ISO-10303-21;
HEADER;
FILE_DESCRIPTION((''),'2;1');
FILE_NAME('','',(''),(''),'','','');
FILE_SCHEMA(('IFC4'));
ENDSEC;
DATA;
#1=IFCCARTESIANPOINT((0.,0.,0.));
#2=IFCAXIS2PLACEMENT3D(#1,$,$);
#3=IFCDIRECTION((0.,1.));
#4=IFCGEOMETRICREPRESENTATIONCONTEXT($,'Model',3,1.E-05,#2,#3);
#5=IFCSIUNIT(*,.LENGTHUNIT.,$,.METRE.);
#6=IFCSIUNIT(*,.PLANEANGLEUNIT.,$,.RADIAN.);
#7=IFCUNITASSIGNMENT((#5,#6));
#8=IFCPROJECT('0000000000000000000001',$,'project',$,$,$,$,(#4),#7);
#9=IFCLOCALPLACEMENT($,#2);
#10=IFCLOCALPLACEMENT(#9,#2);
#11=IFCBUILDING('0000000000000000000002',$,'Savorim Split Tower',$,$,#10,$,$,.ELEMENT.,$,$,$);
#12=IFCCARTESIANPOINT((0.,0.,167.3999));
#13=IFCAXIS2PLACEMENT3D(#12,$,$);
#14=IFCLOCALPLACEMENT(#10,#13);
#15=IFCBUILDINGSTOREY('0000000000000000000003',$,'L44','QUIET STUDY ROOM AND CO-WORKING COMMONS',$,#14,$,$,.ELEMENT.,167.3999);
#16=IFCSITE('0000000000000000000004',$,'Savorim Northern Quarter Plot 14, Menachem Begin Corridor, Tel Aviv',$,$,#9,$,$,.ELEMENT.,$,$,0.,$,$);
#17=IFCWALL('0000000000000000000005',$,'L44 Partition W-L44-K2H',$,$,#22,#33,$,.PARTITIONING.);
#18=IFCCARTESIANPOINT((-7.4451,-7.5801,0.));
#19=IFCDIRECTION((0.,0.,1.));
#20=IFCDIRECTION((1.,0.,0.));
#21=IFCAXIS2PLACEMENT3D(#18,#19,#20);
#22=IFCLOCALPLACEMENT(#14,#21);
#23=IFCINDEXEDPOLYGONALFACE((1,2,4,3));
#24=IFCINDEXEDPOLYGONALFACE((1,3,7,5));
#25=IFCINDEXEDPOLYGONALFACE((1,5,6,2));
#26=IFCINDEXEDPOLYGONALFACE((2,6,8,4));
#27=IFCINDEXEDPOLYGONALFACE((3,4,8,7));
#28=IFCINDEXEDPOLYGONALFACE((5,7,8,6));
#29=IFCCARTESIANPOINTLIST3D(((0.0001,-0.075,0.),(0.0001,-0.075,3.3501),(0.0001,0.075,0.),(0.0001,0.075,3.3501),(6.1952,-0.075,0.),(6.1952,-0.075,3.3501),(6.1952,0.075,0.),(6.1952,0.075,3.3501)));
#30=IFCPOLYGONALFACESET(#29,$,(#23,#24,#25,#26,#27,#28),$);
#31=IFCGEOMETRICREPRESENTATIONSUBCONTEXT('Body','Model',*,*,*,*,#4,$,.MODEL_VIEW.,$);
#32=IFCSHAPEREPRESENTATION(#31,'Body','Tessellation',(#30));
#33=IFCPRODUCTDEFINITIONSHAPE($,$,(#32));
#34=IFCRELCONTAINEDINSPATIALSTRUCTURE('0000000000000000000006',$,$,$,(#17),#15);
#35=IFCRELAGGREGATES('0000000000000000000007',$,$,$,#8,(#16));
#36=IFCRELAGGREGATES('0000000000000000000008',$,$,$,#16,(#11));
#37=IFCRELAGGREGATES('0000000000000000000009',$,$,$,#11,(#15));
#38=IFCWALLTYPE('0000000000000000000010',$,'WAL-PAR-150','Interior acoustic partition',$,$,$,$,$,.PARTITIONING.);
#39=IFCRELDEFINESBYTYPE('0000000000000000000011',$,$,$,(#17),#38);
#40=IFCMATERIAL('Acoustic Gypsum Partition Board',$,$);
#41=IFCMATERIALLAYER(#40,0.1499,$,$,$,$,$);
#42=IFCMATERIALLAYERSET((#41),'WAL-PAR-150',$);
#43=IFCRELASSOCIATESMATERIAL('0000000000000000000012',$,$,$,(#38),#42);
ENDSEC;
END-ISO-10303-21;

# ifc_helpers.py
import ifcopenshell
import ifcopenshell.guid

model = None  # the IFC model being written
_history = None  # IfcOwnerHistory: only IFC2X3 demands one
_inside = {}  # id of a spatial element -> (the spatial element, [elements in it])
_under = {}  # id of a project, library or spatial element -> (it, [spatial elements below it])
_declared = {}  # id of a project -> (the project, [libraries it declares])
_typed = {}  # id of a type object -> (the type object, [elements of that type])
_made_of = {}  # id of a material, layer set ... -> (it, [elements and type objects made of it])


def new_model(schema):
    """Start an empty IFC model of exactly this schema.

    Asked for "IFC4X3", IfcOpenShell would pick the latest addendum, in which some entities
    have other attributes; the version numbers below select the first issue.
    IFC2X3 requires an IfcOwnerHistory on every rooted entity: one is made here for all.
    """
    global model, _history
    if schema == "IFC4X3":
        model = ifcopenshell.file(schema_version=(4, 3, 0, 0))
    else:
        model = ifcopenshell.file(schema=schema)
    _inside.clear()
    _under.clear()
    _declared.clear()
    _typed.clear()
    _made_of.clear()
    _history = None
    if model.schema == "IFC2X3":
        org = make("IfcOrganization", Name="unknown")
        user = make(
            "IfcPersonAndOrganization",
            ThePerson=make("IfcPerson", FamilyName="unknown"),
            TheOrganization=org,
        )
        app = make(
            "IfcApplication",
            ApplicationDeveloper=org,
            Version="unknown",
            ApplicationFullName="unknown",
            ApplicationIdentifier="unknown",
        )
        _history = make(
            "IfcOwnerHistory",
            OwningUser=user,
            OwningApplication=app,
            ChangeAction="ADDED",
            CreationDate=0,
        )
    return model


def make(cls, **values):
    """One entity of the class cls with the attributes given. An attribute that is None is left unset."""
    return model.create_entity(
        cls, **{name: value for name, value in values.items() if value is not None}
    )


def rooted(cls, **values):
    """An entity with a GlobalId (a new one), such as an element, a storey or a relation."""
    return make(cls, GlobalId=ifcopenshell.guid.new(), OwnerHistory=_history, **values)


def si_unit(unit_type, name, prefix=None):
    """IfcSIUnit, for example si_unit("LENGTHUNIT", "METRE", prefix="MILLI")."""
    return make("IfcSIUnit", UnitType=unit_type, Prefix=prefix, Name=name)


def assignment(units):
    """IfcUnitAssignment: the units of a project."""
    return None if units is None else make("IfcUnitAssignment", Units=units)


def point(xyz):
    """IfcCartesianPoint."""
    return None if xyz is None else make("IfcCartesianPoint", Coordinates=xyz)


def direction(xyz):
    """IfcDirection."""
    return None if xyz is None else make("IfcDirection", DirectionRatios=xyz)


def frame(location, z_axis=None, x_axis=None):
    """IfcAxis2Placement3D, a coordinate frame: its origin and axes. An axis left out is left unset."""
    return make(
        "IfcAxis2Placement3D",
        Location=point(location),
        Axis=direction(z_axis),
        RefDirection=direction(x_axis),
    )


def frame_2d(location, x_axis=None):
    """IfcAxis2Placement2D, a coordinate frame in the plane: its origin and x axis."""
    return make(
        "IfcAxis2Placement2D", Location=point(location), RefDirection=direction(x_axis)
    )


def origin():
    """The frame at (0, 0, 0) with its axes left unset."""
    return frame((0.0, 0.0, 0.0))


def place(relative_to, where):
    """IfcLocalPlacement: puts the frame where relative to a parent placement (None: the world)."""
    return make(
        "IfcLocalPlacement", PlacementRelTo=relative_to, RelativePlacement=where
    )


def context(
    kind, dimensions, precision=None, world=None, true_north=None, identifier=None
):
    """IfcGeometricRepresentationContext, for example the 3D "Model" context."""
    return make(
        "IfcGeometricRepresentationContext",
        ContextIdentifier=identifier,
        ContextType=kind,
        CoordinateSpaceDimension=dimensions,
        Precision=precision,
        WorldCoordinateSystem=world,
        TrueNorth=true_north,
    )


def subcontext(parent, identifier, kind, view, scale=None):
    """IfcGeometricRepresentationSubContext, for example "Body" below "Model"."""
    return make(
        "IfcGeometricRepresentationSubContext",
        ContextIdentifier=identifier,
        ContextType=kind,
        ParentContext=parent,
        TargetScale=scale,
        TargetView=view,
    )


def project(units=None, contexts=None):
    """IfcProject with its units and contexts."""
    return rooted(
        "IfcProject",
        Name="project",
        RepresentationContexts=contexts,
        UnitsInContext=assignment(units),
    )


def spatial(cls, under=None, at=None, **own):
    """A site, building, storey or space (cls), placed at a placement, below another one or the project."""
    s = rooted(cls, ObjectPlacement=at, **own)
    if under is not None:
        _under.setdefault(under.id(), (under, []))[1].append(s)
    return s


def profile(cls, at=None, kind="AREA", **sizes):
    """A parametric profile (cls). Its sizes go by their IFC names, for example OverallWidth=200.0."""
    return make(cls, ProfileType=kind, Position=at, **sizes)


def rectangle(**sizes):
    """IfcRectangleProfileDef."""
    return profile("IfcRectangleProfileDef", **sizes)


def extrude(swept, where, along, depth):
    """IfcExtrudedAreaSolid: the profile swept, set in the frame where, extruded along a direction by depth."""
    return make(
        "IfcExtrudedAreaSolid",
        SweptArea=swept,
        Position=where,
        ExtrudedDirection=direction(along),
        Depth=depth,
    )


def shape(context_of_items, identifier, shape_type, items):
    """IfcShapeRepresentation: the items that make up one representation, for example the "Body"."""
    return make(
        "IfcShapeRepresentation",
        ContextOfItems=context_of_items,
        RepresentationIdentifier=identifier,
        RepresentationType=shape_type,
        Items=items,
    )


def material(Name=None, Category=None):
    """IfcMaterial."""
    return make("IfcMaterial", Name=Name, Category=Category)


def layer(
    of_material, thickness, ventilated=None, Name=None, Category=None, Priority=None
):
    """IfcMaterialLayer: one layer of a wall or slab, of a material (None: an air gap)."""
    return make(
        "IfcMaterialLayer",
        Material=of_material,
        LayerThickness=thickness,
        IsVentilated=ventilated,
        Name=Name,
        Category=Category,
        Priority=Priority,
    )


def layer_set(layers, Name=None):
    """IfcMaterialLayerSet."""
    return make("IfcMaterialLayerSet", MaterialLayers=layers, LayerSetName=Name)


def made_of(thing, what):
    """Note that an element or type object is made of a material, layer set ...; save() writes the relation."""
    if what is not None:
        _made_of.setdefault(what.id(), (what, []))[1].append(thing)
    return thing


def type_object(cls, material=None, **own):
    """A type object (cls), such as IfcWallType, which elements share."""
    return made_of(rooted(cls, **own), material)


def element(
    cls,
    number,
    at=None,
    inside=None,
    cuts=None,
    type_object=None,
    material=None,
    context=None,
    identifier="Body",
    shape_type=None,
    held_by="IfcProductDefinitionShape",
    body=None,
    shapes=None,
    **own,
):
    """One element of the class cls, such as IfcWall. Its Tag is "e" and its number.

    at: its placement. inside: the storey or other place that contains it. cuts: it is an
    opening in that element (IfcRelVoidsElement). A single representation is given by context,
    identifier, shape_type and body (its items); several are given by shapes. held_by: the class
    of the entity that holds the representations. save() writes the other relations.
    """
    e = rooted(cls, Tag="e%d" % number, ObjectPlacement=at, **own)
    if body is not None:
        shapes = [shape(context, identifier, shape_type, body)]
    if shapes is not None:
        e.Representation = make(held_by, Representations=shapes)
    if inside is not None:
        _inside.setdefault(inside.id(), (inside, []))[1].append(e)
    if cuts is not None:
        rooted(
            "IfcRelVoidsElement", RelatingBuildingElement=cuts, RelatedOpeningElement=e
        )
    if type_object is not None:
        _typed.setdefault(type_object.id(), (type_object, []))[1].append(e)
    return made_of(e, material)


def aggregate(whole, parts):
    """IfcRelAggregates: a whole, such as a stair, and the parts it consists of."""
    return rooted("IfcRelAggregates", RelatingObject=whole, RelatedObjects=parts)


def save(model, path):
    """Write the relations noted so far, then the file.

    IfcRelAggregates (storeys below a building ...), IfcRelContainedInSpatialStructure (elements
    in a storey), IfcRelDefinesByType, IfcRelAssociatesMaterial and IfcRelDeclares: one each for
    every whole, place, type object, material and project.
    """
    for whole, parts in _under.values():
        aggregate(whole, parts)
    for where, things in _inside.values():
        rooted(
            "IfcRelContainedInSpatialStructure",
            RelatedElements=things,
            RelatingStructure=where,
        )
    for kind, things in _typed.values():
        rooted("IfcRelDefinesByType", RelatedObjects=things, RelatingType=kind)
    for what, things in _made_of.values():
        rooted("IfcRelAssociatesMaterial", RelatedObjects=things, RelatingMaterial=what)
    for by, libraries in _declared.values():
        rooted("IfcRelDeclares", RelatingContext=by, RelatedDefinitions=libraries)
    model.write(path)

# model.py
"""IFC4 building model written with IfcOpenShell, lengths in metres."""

from ifc_helpers import new_model, si_unit, direction, frame, frame_2d, origin, place, context, subcontext, project, spatial, rectangle, extrude, material, layer, layer_set, type_object, element, save


model = new_model("IFC4")

# Units and contexts
model_context = context("Model", 3, precision=1e-05, world=origin(), true_north=direction((0.0, 1.0)))
body_context = subcontext(model_context, "Body", "Model", "MODEL_VIEW")
ifc_project = project(units=[si_unit("LENGTHUNIT", "METRE"), si_unit("PLANEANGLEUNIT", "RADIAN")], contexts=[model_context])

# Site, building, storey
site_placement = place(None, origin())
site = spatial("IfcSite", under=ifc_project, at=site_placement, Name="Savorim Northern Quarter Plot 14, Menachem Begin Corridor, Tel Aviv", CompositionType="ELEMENT", RefElevation=0.0)
building_placement = place(site_placement, origin())
building = spatial("IfcBuilding", under=site, at=building_placement, Name="Savorim Split Tower", CompositionType="ELEMENT")
storey_placement = place(building_placement, frame((0.0, 0.0, 167.3999)))
storey = spatial("IfcBuildingStorey", under=building, at=storey_placement, Name="L44", Description="QUIET STUDY ROOM AND CO-WORKING COMMONS", CompositionType="ELEMENT", Elevation=167.3999)

# Wall
ifc_material_1 = material(Name="Acoustic Gypsum Partition Board")
ifc_layer_1 = layer(ifc_material_1, 0.1499)
ifc_layer_set_1 = layer_set([ifc_layer_1], Name="WAL-PAR-150")
wall_type_1 = type_object("IfcWallType", Name="WAL-PAR-150", Description="Interior acoustic partition", PredefinedType="PARTITIONING", material=ifc_layer_set_1)
wall_1_placement = place(storey_placement, frame((-7.4451, -7.5801, 0.0), z_axis=(0.0, 0.0, 1.0), x_axis=(1.0, 0.0, 0.0)))
element("IfcWall", 1, at=wall_1_placement, inside=storey, type_object=wall_type_1, Name="L44 Partition W-L44-K2H", PredefinedType="PARTITIONING", context=body_context, shape_type="SweptSolid", body=[
    extrude(rectangle(XDim=6.1951, YDim=0.1499, at=frame_2d((3.0977, 0.0))), origin(), (0.0, 0.0, 1.0), 3.3501),
])

save(model, "model.ifc")
